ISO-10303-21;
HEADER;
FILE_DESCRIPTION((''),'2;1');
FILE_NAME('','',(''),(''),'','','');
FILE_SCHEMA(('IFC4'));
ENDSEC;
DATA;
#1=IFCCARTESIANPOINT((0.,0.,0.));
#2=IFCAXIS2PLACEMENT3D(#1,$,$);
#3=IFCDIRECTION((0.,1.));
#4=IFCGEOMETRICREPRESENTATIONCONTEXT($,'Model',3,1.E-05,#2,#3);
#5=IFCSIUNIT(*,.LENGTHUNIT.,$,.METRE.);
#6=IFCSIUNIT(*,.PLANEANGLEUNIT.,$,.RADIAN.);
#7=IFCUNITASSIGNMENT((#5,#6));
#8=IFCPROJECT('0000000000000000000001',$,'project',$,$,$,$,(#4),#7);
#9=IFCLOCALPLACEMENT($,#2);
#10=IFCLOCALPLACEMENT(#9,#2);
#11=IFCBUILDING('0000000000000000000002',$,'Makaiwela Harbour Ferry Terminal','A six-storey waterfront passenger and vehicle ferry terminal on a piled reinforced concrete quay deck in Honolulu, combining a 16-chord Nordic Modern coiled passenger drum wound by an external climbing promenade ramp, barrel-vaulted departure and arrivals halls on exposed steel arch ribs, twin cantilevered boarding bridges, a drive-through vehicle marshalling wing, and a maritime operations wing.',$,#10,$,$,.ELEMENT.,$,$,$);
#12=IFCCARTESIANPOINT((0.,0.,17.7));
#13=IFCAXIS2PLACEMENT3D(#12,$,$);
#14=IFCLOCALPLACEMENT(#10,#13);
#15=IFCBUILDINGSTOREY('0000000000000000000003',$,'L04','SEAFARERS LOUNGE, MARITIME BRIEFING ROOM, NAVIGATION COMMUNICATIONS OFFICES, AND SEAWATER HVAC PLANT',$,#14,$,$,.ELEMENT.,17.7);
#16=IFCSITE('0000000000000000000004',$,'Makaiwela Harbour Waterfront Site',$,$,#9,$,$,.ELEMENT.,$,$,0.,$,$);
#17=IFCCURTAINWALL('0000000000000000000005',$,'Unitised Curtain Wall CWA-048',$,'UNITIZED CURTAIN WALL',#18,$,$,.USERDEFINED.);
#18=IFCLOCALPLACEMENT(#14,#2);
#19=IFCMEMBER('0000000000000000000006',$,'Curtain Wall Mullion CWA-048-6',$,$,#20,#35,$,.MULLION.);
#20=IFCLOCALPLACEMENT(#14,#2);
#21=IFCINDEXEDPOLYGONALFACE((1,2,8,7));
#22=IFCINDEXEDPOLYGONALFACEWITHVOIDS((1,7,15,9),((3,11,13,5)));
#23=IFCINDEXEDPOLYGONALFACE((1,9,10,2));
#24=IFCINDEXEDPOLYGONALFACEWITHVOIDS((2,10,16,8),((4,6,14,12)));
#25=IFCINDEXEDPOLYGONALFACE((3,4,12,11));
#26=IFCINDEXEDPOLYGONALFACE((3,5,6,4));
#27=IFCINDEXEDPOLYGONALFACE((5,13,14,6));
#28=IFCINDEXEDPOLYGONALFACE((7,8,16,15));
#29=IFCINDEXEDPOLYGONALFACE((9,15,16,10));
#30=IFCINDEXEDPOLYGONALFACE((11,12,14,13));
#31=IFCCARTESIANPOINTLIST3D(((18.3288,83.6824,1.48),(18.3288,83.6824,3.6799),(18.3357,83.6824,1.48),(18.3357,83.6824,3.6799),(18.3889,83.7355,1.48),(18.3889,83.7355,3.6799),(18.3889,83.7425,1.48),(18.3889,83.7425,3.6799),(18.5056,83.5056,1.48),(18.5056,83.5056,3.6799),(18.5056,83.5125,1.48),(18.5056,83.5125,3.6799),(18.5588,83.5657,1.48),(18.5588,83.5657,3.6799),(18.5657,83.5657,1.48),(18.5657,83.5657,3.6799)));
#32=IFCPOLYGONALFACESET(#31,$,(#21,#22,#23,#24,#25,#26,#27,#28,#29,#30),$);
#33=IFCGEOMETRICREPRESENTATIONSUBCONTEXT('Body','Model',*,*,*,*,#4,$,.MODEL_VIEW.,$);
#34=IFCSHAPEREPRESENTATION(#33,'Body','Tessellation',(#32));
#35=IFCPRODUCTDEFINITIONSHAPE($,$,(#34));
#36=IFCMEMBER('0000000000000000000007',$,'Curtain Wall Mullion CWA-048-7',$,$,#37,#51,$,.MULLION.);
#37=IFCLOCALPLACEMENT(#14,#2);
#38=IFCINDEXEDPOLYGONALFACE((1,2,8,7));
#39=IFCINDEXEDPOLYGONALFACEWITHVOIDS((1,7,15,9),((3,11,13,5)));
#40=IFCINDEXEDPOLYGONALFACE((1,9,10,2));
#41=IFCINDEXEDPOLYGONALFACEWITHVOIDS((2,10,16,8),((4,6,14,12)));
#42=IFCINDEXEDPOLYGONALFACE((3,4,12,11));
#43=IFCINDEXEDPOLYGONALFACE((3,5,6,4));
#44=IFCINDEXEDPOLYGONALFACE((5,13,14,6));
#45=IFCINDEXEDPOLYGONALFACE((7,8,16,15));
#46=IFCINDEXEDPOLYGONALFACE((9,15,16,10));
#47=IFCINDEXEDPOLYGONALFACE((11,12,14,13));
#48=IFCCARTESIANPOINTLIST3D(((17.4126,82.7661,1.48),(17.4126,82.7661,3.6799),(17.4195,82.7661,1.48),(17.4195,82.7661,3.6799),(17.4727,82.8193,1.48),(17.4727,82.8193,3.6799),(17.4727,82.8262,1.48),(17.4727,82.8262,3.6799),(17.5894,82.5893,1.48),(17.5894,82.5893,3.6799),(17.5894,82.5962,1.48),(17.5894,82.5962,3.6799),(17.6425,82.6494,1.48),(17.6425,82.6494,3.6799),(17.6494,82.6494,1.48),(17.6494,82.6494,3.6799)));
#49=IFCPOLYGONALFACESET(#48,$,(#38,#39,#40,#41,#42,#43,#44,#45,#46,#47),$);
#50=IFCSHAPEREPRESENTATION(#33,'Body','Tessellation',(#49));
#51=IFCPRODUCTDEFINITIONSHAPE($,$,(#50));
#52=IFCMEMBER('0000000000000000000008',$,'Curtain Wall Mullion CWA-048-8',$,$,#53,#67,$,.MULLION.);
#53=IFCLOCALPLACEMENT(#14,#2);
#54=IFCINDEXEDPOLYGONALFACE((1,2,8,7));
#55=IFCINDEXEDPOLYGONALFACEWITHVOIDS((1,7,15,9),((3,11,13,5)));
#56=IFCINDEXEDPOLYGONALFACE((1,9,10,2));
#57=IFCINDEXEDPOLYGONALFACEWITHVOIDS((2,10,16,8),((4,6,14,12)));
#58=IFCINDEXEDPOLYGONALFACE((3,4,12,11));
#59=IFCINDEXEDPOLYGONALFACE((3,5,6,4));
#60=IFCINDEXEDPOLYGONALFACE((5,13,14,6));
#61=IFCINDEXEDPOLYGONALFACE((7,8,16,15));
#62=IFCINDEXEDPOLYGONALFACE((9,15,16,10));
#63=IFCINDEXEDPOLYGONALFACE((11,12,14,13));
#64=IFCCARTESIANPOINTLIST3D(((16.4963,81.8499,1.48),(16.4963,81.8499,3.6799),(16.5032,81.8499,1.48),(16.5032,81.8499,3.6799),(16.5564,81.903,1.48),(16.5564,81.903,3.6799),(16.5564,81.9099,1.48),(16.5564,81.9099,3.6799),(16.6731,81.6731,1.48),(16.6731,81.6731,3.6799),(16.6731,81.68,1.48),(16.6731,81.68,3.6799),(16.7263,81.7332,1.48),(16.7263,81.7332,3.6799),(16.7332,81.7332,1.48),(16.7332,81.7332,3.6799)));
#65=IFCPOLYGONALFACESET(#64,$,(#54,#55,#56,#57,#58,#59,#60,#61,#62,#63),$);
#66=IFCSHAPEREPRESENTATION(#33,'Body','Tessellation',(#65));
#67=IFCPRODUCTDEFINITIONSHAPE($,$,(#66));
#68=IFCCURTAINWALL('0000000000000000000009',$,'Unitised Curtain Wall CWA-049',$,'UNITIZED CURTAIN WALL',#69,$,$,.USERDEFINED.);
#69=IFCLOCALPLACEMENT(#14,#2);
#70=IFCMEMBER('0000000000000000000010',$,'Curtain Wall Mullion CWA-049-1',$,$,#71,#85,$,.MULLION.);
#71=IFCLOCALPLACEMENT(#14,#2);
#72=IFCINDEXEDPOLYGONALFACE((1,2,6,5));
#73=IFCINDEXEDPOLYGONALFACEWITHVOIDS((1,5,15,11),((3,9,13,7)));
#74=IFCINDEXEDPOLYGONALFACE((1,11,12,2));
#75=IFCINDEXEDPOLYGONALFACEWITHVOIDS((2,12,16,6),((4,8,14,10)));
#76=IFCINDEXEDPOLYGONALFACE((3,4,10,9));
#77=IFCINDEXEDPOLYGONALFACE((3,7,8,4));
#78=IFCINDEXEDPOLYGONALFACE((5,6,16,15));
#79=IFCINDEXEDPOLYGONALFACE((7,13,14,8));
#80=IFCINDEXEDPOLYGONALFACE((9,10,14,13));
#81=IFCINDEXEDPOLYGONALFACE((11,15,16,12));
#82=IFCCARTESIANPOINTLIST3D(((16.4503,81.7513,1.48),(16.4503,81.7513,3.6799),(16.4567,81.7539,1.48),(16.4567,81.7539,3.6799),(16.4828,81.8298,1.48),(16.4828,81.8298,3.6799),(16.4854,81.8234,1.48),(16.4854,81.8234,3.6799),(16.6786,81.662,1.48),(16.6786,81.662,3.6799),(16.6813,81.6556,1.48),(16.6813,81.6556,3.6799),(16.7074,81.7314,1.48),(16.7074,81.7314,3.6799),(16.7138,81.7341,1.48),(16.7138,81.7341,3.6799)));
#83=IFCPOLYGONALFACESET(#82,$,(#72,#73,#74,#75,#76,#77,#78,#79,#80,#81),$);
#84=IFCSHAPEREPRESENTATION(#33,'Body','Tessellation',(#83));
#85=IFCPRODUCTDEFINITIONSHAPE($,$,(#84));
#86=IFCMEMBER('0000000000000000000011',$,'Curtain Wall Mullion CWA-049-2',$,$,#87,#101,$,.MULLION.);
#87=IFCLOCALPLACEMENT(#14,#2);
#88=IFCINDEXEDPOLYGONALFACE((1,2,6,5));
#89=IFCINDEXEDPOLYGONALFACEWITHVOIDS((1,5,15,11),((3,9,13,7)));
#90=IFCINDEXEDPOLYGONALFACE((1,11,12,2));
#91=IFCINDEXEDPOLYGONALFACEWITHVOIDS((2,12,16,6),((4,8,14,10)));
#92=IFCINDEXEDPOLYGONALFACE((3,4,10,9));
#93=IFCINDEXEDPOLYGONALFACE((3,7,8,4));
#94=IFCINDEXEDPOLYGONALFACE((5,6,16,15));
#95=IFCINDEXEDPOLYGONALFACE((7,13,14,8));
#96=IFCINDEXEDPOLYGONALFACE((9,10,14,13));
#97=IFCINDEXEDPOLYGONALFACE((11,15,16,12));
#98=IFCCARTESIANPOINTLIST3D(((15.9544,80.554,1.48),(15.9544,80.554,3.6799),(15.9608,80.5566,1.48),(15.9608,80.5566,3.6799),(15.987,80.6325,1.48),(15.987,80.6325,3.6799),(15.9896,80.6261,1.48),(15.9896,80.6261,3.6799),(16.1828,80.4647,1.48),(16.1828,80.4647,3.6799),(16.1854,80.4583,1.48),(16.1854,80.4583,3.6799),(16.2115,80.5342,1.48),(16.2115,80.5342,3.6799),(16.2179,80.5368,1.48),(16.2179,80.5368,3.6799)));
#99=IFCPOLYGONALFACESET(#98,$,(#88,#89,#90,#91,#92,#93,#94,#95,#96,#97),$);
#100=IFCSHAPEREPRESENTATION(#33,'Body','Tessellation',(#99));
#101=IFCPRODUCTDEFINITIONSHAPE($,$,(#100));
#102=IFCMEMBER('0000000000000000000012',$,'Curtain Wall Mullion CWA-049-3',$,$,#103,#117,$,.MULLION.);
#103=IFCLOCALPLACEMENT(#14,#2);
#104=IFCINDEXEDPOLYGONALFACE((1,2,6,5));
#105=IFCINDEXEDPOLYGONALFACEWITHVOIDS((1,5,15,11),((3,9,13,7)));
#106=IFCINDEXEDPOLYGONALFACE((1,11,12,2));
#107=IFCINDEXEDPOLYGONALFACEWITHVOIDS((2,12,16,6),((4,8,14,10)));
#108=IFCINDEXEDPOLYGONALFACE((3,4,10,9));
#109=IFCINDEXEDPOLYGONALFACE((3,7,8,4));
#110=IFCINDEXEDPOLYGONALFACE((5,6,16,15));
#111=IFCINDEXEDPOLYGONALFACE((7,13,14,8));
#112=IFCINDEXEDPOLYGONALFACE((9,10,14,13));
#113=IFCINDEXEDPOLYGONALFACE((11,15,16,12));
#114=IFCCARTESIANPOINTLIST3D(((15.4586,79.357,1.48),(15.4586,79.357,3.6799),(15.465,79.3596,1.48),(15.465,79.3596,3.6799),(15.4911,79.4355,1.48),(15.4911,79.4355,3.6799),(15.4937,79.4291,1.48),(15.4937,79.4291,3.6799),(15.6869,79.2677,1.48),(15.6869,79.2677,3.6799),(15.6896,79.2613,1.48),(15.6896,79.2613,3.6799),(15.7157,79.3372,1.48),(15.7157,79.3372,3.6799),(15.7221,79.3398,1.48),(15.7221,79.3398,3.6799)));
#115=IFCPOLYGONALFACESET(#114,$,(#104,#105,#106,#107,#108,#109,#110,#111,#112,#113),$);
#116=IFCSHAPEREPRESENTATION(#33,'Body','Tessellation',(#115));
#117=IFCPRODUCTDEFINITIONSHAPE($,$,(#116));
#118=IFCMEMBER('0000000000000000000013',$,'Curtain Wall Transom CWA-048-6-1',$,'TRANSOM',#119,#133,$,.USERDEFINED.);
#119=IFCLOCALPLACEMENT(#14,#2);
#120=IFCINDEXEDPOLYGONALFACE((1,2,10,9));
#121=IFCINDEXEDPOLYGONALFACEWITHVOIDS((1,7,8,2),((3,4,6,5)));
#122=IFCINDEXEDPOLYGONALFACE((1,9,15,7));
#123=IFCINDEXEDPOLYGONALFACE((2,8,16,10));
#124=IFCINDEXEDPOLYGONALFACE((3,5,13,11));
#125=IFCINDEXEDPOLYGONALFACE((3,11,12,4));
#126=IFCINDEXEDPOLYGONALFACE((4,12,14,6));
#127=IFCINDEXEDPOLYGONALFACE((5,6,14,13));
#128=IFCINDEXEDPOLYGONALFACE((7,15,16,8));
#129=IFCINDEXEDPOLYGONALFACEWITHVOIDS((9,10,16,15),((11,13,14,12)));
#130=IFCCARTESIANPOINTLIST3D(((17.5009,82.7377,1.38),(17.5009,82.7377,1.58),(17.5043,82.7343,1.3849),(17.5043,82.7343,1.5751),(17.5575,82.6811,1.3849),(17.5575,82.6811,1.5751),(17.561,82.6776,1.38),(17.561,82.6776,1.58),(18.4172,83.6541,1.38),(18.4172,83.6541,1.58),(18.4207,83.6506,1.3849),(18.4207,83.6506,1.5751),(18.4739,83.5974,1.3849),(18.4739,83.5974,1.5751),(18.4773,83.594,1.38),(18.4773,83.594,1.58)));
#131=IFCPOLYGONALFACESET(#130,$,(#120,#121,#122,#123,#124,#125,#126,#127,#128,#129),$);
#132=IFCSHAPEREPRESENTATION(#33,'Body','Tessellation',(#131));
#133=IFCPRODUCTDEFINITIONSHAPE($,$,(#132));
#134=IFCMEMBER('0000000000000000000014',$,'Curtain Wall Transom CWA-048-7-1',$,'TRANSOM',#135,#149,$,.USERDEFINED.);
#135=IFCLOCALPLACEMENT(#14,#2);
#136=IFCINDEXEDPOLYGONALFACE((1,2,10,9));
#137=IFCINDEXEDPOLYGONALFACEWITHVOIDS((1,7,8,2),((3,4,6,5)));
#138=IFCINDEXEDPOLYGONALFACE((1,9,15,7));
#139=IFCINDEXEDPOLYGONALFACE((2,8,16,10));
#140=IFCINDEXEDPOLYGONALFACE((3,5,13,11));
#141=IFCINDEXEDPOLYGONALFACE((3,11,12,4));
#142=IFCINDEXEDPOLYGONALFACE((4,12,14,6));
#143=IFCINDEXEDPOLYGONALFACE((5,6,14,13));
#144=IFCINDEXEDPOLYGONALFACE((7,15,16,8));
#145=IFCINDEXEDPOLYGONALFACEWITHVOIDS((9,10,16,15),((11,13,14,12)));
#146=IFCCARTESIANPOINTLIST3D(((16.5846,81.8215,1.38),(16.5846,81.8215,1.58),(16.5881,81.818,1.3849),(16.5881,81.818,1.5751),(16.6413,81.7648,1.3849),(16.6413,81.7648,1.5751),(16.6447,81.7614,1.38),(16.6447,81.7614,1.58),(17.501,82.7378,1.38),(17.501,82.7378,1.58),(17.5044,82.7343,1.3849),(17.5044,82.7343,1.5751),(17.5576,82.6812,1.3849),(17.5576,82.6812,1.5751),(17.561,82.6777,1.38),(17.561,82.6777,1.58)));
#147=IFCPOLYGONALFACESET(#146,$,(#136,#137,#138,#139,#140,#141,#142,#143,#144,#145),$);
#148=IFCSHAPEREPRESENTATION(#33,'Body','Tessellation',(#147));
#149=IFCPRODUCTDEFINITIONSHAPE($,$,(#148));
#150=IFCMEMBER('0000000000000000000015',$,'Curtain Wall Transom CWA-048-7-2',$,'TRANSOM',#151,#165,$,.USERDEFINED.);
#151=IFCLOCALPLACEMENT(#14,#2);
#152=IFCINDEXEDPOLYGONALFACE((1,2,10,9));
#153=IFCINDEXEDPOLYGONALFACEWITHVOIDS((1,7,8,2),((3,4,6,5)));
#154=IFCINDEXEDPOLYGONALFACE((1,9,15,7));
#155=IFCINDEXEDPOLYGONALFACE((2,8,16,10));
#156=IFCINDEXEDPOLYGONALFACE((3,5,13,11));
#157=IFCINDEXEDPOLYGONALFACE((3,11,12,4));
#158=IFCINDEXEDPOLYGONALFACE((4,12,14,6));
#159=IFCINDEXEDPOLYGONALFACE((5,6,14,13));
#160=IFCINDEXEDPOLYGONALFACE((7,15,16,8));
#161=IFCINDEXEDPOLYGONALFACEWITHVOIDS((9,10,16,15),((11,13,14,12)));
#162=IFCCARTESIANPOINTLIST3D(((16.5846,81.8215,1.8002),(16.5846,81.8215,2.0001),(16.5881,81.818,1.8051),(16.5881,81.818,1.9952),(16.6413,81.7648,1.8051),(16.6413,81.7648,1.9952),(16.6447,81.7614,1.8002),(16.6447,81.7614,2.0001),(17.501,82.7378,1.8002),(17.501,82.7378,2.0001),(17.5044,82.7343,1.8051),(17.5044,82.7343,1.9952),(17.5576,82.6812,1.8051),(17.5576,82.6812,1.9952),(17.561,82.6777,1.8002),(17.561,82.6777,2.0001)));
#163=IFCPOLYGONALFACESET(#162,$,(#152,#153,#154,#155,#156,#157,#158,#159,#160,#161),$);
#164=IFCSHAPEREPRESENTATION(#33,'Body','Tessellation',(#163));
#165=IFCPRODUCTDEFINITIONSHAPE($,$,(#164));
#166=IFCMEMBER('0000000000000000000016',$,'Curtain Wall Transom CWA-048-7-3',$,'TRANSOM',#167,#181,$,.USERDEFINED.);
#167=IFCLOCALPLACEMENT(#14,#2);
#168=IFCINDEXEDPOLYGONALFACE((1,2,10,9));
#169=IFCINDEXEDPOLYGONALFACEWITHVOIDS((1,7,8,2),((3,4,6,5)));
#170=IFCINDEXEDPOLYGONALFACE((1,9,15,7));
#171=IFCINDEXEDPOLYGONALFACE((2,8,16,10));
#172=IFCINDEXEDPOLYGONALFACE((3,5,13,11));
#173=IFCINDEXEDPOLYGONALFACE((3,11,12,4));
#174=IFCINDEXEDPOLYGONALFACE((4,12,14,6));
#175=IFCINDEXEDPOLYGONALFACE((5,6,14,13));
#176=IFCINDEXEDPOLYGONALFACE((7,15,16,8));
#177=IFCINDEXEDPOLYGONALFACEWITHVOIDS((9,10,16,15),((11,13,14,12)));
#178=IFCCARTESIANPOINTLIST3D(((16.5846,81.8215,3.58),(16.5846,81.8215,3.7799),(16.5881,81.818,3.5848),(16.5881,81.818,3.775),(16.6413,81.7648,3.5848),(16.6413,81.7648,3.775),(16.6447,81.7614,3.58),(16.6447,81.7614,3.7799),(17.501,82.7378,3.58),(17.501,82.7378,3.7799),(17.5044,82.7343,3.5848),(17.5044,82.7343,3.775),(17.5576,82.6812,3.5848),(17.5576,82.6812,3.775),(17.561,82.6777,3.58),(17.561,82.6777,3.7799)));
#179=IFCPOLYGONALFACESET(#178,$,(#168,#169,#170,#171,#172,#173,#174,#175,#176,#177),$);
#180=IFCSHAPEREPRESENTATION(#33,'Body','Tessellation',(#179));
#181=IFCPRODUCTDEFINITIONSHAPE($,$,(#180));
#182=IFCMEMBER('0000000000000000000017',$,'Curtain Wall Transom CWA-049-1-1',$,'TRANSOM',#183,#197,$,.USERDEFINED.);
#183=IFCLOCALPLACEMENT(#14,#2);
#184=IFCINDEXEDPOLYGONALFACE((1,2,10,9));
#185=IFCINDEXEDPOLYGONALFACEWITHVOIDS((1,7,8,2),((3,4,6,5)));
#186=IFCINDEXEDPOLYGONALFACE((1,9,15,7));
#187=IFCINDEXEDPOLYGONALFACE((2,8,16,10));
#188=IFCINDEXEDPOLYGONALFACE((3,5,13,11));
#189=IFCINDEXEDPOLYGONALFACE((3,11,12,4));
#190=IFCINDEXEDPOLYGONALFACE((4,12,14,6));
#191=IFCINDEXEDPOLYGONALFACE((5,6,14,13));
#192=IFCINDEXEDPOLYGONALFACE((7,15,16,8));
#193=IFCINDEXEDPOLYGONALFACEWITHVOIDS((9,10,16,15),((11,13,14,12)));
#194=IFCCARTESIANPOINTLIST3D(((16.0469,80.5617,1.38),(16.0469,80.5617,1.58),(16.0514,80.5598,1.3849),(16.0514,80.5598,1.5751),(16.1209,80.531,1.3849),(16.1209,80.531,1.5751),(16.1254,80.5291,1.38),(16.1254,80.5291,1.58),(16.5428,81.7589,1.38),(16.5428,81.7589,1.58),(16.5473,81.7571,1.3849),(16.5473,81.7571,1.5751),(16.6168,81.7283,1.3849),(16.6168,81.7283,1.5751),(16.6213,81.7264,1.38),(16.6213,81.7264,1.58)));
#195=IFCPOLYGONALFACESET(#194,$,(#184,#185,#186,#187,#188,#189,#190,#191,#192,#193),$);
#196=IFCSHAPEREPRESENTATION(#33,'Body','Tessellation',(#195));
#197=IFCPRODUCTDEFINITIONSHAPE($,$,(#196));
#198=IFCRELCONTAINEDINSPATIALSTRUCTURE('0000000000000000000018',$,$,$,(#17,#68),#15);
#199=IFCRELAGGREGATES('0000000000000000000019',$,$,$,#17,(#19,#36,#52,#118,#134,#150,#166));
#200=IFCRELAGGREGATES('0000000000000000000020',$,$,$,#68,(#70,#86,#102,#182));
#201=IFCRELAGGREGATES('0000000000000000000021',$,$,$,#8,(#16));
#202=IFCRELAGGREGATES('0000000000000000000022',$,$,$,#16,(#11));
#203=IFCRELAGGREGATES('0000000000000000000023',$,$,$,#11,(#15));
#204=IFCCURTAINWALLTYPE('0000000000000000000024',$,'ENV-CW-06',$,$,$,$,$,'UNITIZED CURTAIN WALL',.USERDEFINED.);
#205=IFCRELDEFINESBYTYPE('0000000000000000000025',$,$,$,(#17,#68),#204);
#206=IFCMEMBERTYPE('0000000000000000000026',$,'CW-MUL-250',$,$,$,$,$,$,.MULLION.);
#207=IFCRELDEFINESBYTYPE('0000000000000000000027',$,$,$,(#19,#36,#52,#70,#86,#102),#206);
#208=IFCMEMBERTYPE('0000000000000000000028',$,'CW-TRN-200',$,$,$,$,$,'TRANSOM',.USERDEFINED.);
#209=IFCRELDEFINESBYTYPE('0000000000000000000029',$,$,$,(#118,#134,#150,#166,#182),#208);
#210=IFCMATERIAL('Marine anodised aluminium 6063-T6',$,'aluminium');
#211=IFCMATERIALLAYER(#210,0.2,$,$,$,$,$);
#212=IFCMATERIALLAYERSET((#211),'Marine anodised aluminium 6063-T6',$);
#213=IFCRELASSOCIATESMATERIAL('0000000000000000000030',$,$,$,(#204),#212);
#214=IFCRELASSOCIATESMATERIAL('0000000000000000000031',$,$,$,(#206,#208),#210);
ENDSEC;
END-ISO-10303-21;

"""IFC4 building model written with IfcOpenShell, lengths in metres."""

from ifc_helpers import new_model, si_unit, direction, frame, origin, origin_2d, place, context, subcontext, project, spatial, hollow_rectangle, extrude, material, layer, layer_set, material_profile, profile_set, type_object, element, aggregate, save


model = new_model("IFC4")

# Units and contexts
model_context = context("Model", 3, precision=1e-05, world=origin(), true_north=direction((0.0, 1.0)))
body_context = subcontext(model_context, "Body", "Model", "MODEL_VIEW")
ifc_project = project(units=[si_unit("LENGTHUNIT", "METRE"), si_unit("PLANEANGLEUNIT", "RADIAN")], contexts=[model_context])

# Site, building, storey
site_placement = place(None, origin())
site = spatial("IfcSite", under=ifc_project, at=site_placement, Name="Makaiwela Harbour Waterfront Site", CompositionType="ELEMENT", RefElevation=0.0)
building_placement = place(site_placement, origin())
building = spatial("IfcBuilding", under=site, at=building_placement, Name="Makaiwela Harbour Ferry Terminal", Description="A six-storey waterfront passenger and vehicle ferry terminal on a piled reinforced concrete quay deck in Honolulu, combining a 16-chord Nordic Modern coiled passenger drum wound by an external climbing promenade ramp, barrel-vaulted departure and arrivals halls on exposed steel arch ribs, twin cantilevered boarding bridges, a drive-through vehicle marshalling wing, and a maritime operations wing.", CompositionType="ELEMENT")
storey_placement = place(building_placement, frame((0.0, 0.0, 17.7)))
storey = spatial("IfcBuildingStorey", under=building, at=storey_placement, Name="L04", Description="SEAFARERS LOUNGE, MARITIME BRIEFING ROOM, NAVIGATION COMMUNICATIONS OFFICES, AND SEAWATER HVAC PLANT", CompositionType="ELEMENT", Elevation=17.7)

# Curtain walls, members
ifc_material_1 = material(Name="Marine anodised aluminium 6063-T6", Category="aluminium")
ifc_layer_1 = layer(ifc_material_1, 0.2)
ifc_layer_set_1 = layer_set([ifc_layer_1], Name="Marine anodised aluminium 6063-T6")
curtain_wall_type = type_object("IfcCurtainWallType", Name="ENV-CW-06", ElementType="UNITIZED CURTAIN WALL", PredefinedType="USERDEFINED", material=ifc_layer_set_1)
curtain_wall_1_placement = place(storey_placement, origin())
curtain_wall_1 = element("IfcCurtainWall", 1, at=curtain_wall_1_placement, inside=storey, type_object=curtain_wall_type, Name="Unitised Curtain Wall CWA-048", ObjectType="UNITIZED CURTAIN WALL", PredefinedType="USERDEFINED")
ifc_material_profile_1 = material_profile(ifc_material_1, hollow_rectangle(XDim=0.085, YDim=0.25, WallThickness=0.0049, at=origin_2d()), Name="CWM-250X85")
ifc_profile_set_1 = profile_set([ifc_material_profile_1], Name="Marine anodised aluminium 6063-T6")
member_type_1 = type_object("IfcMemberType", Name="CW-MUL-250", PredefinedType="MULLION", material=ifc_profile_set_1)
member_1_placement = place(storey_placement, frame((18.4473, 83.624, 1.48), z_axis=(0.0, 0.0, 1.0), x_axis=(0.707107, 0.707107, 0.0)))
member_1 = element("IfcMember", 2, at=member_1_placement, type_object=member_type_1, Name="Curtain Wall Mullion CWA-048-6", PredefinedType="MULLION", context=body_context, shape_type="SweptSolid", body=[
    extrude(hollow_rectangle(XDim=0.085, YDim=0.25, WallThickness=0.0049, at=origin_2d()), origin(), (0.0, 0.0, 1.0), 2.2),
])
member_2_placement = place(storey_placement, frame((17.531, 82.7078, 1.48), z_axis=(0.0, 0.0, 1.0), x_axis=(0.707107, 0.707107, 0.0)))
member_2 = element("IfcMember", 3, at=member_2_placement, type_object=member_type_1, Name="Curtain Wall Mullion CWA-048-7", PredefinedType="MULLION", context=body_context, shape_type="SweptSolid", body=[
    extrude(hollow_rectangle(XDim=0.085, YDim=0.25, WallThickness=0.0049, at=origin_2d()), origin(), (0.0, 0.0, 1.0), 2.2),
])
member_3_placement = place(storey_placement, frame((16.6147, 81.7915, 1.48), z_axis=(0.0, 0.0, 1.0), x_axis=(0.707107, 0.707107, 0.0)))
member_3 = element("IfcMember", 4, at=member_3_placement, type_object=member_type_1, Name="Curtain Wall Mullion CWA-048-8", PredefinedType="MULLION", context=body_context, shape_type="SweptSolid", body=[
    extrude(hollow_rectangle(XDim=0.085, YDim=0.25, WallThickness=0.0049, at=origin_2d()), origin(), (0.0, 0.0, 1.0), 2.2),
])
curtain_wall_2_placement = place(storey_placement, origin())
curtain_wall_2 = element("IfcCurtainWall", 5, at=curtain_wall_2_placement, inside=storey, type_object=curtain_wall_type, Name="Unitised Curtain Wall CWA-049", ObjectType="UNITIZED CURTAIN WALL", PredefinedType="USERDEFINED")
member_4_placement = place(storey_placement, frame((16.582, 81.7427, 1.48), z_axis=(0.0, 0.0, 1.0), x_axis=(0.382683, 0.92388, 0.0)))
member_4 = element("IfcMember", 6, at=member_4_placement, type_object=member_type_1, Name="Curtain Wall Mullion CWA-049-1", PredefinedType="MULLION", context=body_context, shape_type="SweptSolid", body=[
    extrude(hollow_rectangle(XDim=0.085, YDim=0.25, WallThickness=0.0049, at=origin_2d()), origin(), (0.0, 0.0, 1.0), 2.2),
])
member_5_placement = place(storey_placement, frame((16.0862, 80.5454, 1.48), z_axis=(0.0, 0.0, 1.0), x_axis=(0.382683, 0.92388, 0.0)))
member_5 = element("IfcMember", 7, at=member_5_placement, type_object=member_type_1, Name="Curtain Wall Mullion CWA-049-2", PredefinedType="MULLION", context=body_context, shape_type="SweptSolid", body=[
    extrude(hollow_rectangle(XDim=0.085, YDim=0.25, WallThickness=0.0049, at=origin_2d()), origin(), (0.0, 0.0, 1.0), 2.2),
])
member_6_placement = place(storey_placement, frame((15.5903, 79.3484, 1.48), z_axis=(0.0, 0.0, 1.0), x_axis=(0.382683, 0.92388, 0.0)))
member_6 = element("IfcMember", 8, at=member_6_placement, type_object=member_type_1, Name="Curtain Wall Mullion CWA-049-3", PredefinedType="MULLION", context=body_context, shape_type="SweptSolid", body=[
    extrude(hollow_rectangle(XDim=0.085, YDim=0.25, WallThickness=0.0049, at=origin_2d()), origin(), (0.0, 0.0, 1.0), 2.2),
])

# Members
ifc_material_profile_2 = material_profile(ifc_material_1, hollow_rectangle(XDim=0.085, YDim=0.2, WallThickness=0.0049, at=origin_2d()), Name="CWT-200X85")
ifc_profile_set_2 = profile_set([ifc_material_profile_2], Name="Marine anodised aluminium 6063-T6")
member_type_2 = type_object("IfcMemberType", Name="CW-TRN-200", ElementType="TRANSOM", PredefinedType="USERDEFINED", material=ifc_profile_set_2)
member_7_placement = place(storey_placement, frame((18.4473, 83.624, 1.48), z_axis=(-0.707107, -0.707107, 0.0), x_axis=(0.707107, -0.707107, 0.0)))
member_7 = element("IfcMember", 9, at=member_7_placement, type_object=member_type_2, Name="Curtain Wall Transom CWA-048-6-1", ObjectType="TRANSOM", PredefinedType="USERDEFINED", context=body_context, shape_type="SweptSolid", body=[
    extrude(hollow_rectangle(XDim=0.085, YDim=0.2, WallThickness=0.0049, at=origin_2d()), origin(), (0.0, 0.0, 1.0), 1.2959),
])
member_8_placement = place(storey_placement, frame((17.531, 82.7078, 1.48), z_axis=(-0.707107, -0.707107, 0.0), x_axis=(0.707107, -0.707107, 0.0)))
member_8 = element("IfcMember", 10, at=member_8_placement, type_object=member_type_2, Name="Curtain Wall Transom CWA-048-7-1", ObjectType="TRANSOM", PredefinedType="USERDEFINED", context=body_context, shape_type="SweptSolid", body=[
    extrude(hollow_rectangle(XDim=0.085, YDim=0.2, WallThickness=0.0049, at=origin_2d()), origin(), (0.0, 0.0, 1.0), 1.2959),
])
member_9_placement = place(storey_placement, frame((17.531, 82.7078, 1.9001), z_axis=(-0.707107, -0.707107, 0.0), x_axis=(0.707107, -0.707107, 0.0)))
member_9 = element("IfcMember", 11, at=member_9_placement, type_object=member_type_2, Name="Curtain Wall Transom CWA-048-7-2", ObjectType="TRANSOM", PredefinedType="USERDEFINED", context=body_context, shape_type="SweptSolid", body=[
    extrude(hollow_rectangle(XDim=0.085, YDim=0.2, WallThickness=0.0049, at=origin_2d()), origin(), (0.0, 0.0, 1.0), 1.2959),
])
member_10_placement = place(storey_placement, frame((17.531, 82.7078, 3.6799), z_axis=(-0.707107, -0.707107, 0.0), x_axis=(0.707107, -0.707107, 0.0)))
member_10 = element("IfcMember", 12, at=member_10_placement, type_object=member_type_2, Name="Curtain Wall Transom CWA-048-7-3", ObjectType="TRANSOM", PredefinedType="USERDEFINED", context=body_context, shape_type="SweptSolid", body=[
    extrude(hollow_rectangle(XDim=0.085, YDim=0.2, WallThickness=0.0049, at=origin_2d()), origin(), (0.0, 0.0, 1.0), 1.2959),
])
member_11_placement = place(storey_placement, frame((16.582, 81.7427, 1.48), z_axis=(-0.382635, -0.9239, 0.0), x_axis=(0.9239, -0.382635, 0.0)))
member_11 = element("IfcMember", 13, at=member_11_placement, type_object=member_type_2, Name="Curtain Wall Transom CWA-049-1-1", ObjectType="TRANSOM", PredefinedType="USERDEFINED", context=body_context, shape_type="SweptSolid", body=[
    extrude(hollow_rectangle(XDim=0.085, YDim=0.2, WallThickness=0.0049, at=origin_2d()), origin(), (0.0, 0.0, 1.0), 1.2959),
])

aggregate(curtain_wall_1, [member_1, member_2, member_3, member_7, member_8, member_9, member_10])
aggregate(curtain_wall_2, [member_4, member_5, member_6, member_11])

save(model, "model.ifc")
